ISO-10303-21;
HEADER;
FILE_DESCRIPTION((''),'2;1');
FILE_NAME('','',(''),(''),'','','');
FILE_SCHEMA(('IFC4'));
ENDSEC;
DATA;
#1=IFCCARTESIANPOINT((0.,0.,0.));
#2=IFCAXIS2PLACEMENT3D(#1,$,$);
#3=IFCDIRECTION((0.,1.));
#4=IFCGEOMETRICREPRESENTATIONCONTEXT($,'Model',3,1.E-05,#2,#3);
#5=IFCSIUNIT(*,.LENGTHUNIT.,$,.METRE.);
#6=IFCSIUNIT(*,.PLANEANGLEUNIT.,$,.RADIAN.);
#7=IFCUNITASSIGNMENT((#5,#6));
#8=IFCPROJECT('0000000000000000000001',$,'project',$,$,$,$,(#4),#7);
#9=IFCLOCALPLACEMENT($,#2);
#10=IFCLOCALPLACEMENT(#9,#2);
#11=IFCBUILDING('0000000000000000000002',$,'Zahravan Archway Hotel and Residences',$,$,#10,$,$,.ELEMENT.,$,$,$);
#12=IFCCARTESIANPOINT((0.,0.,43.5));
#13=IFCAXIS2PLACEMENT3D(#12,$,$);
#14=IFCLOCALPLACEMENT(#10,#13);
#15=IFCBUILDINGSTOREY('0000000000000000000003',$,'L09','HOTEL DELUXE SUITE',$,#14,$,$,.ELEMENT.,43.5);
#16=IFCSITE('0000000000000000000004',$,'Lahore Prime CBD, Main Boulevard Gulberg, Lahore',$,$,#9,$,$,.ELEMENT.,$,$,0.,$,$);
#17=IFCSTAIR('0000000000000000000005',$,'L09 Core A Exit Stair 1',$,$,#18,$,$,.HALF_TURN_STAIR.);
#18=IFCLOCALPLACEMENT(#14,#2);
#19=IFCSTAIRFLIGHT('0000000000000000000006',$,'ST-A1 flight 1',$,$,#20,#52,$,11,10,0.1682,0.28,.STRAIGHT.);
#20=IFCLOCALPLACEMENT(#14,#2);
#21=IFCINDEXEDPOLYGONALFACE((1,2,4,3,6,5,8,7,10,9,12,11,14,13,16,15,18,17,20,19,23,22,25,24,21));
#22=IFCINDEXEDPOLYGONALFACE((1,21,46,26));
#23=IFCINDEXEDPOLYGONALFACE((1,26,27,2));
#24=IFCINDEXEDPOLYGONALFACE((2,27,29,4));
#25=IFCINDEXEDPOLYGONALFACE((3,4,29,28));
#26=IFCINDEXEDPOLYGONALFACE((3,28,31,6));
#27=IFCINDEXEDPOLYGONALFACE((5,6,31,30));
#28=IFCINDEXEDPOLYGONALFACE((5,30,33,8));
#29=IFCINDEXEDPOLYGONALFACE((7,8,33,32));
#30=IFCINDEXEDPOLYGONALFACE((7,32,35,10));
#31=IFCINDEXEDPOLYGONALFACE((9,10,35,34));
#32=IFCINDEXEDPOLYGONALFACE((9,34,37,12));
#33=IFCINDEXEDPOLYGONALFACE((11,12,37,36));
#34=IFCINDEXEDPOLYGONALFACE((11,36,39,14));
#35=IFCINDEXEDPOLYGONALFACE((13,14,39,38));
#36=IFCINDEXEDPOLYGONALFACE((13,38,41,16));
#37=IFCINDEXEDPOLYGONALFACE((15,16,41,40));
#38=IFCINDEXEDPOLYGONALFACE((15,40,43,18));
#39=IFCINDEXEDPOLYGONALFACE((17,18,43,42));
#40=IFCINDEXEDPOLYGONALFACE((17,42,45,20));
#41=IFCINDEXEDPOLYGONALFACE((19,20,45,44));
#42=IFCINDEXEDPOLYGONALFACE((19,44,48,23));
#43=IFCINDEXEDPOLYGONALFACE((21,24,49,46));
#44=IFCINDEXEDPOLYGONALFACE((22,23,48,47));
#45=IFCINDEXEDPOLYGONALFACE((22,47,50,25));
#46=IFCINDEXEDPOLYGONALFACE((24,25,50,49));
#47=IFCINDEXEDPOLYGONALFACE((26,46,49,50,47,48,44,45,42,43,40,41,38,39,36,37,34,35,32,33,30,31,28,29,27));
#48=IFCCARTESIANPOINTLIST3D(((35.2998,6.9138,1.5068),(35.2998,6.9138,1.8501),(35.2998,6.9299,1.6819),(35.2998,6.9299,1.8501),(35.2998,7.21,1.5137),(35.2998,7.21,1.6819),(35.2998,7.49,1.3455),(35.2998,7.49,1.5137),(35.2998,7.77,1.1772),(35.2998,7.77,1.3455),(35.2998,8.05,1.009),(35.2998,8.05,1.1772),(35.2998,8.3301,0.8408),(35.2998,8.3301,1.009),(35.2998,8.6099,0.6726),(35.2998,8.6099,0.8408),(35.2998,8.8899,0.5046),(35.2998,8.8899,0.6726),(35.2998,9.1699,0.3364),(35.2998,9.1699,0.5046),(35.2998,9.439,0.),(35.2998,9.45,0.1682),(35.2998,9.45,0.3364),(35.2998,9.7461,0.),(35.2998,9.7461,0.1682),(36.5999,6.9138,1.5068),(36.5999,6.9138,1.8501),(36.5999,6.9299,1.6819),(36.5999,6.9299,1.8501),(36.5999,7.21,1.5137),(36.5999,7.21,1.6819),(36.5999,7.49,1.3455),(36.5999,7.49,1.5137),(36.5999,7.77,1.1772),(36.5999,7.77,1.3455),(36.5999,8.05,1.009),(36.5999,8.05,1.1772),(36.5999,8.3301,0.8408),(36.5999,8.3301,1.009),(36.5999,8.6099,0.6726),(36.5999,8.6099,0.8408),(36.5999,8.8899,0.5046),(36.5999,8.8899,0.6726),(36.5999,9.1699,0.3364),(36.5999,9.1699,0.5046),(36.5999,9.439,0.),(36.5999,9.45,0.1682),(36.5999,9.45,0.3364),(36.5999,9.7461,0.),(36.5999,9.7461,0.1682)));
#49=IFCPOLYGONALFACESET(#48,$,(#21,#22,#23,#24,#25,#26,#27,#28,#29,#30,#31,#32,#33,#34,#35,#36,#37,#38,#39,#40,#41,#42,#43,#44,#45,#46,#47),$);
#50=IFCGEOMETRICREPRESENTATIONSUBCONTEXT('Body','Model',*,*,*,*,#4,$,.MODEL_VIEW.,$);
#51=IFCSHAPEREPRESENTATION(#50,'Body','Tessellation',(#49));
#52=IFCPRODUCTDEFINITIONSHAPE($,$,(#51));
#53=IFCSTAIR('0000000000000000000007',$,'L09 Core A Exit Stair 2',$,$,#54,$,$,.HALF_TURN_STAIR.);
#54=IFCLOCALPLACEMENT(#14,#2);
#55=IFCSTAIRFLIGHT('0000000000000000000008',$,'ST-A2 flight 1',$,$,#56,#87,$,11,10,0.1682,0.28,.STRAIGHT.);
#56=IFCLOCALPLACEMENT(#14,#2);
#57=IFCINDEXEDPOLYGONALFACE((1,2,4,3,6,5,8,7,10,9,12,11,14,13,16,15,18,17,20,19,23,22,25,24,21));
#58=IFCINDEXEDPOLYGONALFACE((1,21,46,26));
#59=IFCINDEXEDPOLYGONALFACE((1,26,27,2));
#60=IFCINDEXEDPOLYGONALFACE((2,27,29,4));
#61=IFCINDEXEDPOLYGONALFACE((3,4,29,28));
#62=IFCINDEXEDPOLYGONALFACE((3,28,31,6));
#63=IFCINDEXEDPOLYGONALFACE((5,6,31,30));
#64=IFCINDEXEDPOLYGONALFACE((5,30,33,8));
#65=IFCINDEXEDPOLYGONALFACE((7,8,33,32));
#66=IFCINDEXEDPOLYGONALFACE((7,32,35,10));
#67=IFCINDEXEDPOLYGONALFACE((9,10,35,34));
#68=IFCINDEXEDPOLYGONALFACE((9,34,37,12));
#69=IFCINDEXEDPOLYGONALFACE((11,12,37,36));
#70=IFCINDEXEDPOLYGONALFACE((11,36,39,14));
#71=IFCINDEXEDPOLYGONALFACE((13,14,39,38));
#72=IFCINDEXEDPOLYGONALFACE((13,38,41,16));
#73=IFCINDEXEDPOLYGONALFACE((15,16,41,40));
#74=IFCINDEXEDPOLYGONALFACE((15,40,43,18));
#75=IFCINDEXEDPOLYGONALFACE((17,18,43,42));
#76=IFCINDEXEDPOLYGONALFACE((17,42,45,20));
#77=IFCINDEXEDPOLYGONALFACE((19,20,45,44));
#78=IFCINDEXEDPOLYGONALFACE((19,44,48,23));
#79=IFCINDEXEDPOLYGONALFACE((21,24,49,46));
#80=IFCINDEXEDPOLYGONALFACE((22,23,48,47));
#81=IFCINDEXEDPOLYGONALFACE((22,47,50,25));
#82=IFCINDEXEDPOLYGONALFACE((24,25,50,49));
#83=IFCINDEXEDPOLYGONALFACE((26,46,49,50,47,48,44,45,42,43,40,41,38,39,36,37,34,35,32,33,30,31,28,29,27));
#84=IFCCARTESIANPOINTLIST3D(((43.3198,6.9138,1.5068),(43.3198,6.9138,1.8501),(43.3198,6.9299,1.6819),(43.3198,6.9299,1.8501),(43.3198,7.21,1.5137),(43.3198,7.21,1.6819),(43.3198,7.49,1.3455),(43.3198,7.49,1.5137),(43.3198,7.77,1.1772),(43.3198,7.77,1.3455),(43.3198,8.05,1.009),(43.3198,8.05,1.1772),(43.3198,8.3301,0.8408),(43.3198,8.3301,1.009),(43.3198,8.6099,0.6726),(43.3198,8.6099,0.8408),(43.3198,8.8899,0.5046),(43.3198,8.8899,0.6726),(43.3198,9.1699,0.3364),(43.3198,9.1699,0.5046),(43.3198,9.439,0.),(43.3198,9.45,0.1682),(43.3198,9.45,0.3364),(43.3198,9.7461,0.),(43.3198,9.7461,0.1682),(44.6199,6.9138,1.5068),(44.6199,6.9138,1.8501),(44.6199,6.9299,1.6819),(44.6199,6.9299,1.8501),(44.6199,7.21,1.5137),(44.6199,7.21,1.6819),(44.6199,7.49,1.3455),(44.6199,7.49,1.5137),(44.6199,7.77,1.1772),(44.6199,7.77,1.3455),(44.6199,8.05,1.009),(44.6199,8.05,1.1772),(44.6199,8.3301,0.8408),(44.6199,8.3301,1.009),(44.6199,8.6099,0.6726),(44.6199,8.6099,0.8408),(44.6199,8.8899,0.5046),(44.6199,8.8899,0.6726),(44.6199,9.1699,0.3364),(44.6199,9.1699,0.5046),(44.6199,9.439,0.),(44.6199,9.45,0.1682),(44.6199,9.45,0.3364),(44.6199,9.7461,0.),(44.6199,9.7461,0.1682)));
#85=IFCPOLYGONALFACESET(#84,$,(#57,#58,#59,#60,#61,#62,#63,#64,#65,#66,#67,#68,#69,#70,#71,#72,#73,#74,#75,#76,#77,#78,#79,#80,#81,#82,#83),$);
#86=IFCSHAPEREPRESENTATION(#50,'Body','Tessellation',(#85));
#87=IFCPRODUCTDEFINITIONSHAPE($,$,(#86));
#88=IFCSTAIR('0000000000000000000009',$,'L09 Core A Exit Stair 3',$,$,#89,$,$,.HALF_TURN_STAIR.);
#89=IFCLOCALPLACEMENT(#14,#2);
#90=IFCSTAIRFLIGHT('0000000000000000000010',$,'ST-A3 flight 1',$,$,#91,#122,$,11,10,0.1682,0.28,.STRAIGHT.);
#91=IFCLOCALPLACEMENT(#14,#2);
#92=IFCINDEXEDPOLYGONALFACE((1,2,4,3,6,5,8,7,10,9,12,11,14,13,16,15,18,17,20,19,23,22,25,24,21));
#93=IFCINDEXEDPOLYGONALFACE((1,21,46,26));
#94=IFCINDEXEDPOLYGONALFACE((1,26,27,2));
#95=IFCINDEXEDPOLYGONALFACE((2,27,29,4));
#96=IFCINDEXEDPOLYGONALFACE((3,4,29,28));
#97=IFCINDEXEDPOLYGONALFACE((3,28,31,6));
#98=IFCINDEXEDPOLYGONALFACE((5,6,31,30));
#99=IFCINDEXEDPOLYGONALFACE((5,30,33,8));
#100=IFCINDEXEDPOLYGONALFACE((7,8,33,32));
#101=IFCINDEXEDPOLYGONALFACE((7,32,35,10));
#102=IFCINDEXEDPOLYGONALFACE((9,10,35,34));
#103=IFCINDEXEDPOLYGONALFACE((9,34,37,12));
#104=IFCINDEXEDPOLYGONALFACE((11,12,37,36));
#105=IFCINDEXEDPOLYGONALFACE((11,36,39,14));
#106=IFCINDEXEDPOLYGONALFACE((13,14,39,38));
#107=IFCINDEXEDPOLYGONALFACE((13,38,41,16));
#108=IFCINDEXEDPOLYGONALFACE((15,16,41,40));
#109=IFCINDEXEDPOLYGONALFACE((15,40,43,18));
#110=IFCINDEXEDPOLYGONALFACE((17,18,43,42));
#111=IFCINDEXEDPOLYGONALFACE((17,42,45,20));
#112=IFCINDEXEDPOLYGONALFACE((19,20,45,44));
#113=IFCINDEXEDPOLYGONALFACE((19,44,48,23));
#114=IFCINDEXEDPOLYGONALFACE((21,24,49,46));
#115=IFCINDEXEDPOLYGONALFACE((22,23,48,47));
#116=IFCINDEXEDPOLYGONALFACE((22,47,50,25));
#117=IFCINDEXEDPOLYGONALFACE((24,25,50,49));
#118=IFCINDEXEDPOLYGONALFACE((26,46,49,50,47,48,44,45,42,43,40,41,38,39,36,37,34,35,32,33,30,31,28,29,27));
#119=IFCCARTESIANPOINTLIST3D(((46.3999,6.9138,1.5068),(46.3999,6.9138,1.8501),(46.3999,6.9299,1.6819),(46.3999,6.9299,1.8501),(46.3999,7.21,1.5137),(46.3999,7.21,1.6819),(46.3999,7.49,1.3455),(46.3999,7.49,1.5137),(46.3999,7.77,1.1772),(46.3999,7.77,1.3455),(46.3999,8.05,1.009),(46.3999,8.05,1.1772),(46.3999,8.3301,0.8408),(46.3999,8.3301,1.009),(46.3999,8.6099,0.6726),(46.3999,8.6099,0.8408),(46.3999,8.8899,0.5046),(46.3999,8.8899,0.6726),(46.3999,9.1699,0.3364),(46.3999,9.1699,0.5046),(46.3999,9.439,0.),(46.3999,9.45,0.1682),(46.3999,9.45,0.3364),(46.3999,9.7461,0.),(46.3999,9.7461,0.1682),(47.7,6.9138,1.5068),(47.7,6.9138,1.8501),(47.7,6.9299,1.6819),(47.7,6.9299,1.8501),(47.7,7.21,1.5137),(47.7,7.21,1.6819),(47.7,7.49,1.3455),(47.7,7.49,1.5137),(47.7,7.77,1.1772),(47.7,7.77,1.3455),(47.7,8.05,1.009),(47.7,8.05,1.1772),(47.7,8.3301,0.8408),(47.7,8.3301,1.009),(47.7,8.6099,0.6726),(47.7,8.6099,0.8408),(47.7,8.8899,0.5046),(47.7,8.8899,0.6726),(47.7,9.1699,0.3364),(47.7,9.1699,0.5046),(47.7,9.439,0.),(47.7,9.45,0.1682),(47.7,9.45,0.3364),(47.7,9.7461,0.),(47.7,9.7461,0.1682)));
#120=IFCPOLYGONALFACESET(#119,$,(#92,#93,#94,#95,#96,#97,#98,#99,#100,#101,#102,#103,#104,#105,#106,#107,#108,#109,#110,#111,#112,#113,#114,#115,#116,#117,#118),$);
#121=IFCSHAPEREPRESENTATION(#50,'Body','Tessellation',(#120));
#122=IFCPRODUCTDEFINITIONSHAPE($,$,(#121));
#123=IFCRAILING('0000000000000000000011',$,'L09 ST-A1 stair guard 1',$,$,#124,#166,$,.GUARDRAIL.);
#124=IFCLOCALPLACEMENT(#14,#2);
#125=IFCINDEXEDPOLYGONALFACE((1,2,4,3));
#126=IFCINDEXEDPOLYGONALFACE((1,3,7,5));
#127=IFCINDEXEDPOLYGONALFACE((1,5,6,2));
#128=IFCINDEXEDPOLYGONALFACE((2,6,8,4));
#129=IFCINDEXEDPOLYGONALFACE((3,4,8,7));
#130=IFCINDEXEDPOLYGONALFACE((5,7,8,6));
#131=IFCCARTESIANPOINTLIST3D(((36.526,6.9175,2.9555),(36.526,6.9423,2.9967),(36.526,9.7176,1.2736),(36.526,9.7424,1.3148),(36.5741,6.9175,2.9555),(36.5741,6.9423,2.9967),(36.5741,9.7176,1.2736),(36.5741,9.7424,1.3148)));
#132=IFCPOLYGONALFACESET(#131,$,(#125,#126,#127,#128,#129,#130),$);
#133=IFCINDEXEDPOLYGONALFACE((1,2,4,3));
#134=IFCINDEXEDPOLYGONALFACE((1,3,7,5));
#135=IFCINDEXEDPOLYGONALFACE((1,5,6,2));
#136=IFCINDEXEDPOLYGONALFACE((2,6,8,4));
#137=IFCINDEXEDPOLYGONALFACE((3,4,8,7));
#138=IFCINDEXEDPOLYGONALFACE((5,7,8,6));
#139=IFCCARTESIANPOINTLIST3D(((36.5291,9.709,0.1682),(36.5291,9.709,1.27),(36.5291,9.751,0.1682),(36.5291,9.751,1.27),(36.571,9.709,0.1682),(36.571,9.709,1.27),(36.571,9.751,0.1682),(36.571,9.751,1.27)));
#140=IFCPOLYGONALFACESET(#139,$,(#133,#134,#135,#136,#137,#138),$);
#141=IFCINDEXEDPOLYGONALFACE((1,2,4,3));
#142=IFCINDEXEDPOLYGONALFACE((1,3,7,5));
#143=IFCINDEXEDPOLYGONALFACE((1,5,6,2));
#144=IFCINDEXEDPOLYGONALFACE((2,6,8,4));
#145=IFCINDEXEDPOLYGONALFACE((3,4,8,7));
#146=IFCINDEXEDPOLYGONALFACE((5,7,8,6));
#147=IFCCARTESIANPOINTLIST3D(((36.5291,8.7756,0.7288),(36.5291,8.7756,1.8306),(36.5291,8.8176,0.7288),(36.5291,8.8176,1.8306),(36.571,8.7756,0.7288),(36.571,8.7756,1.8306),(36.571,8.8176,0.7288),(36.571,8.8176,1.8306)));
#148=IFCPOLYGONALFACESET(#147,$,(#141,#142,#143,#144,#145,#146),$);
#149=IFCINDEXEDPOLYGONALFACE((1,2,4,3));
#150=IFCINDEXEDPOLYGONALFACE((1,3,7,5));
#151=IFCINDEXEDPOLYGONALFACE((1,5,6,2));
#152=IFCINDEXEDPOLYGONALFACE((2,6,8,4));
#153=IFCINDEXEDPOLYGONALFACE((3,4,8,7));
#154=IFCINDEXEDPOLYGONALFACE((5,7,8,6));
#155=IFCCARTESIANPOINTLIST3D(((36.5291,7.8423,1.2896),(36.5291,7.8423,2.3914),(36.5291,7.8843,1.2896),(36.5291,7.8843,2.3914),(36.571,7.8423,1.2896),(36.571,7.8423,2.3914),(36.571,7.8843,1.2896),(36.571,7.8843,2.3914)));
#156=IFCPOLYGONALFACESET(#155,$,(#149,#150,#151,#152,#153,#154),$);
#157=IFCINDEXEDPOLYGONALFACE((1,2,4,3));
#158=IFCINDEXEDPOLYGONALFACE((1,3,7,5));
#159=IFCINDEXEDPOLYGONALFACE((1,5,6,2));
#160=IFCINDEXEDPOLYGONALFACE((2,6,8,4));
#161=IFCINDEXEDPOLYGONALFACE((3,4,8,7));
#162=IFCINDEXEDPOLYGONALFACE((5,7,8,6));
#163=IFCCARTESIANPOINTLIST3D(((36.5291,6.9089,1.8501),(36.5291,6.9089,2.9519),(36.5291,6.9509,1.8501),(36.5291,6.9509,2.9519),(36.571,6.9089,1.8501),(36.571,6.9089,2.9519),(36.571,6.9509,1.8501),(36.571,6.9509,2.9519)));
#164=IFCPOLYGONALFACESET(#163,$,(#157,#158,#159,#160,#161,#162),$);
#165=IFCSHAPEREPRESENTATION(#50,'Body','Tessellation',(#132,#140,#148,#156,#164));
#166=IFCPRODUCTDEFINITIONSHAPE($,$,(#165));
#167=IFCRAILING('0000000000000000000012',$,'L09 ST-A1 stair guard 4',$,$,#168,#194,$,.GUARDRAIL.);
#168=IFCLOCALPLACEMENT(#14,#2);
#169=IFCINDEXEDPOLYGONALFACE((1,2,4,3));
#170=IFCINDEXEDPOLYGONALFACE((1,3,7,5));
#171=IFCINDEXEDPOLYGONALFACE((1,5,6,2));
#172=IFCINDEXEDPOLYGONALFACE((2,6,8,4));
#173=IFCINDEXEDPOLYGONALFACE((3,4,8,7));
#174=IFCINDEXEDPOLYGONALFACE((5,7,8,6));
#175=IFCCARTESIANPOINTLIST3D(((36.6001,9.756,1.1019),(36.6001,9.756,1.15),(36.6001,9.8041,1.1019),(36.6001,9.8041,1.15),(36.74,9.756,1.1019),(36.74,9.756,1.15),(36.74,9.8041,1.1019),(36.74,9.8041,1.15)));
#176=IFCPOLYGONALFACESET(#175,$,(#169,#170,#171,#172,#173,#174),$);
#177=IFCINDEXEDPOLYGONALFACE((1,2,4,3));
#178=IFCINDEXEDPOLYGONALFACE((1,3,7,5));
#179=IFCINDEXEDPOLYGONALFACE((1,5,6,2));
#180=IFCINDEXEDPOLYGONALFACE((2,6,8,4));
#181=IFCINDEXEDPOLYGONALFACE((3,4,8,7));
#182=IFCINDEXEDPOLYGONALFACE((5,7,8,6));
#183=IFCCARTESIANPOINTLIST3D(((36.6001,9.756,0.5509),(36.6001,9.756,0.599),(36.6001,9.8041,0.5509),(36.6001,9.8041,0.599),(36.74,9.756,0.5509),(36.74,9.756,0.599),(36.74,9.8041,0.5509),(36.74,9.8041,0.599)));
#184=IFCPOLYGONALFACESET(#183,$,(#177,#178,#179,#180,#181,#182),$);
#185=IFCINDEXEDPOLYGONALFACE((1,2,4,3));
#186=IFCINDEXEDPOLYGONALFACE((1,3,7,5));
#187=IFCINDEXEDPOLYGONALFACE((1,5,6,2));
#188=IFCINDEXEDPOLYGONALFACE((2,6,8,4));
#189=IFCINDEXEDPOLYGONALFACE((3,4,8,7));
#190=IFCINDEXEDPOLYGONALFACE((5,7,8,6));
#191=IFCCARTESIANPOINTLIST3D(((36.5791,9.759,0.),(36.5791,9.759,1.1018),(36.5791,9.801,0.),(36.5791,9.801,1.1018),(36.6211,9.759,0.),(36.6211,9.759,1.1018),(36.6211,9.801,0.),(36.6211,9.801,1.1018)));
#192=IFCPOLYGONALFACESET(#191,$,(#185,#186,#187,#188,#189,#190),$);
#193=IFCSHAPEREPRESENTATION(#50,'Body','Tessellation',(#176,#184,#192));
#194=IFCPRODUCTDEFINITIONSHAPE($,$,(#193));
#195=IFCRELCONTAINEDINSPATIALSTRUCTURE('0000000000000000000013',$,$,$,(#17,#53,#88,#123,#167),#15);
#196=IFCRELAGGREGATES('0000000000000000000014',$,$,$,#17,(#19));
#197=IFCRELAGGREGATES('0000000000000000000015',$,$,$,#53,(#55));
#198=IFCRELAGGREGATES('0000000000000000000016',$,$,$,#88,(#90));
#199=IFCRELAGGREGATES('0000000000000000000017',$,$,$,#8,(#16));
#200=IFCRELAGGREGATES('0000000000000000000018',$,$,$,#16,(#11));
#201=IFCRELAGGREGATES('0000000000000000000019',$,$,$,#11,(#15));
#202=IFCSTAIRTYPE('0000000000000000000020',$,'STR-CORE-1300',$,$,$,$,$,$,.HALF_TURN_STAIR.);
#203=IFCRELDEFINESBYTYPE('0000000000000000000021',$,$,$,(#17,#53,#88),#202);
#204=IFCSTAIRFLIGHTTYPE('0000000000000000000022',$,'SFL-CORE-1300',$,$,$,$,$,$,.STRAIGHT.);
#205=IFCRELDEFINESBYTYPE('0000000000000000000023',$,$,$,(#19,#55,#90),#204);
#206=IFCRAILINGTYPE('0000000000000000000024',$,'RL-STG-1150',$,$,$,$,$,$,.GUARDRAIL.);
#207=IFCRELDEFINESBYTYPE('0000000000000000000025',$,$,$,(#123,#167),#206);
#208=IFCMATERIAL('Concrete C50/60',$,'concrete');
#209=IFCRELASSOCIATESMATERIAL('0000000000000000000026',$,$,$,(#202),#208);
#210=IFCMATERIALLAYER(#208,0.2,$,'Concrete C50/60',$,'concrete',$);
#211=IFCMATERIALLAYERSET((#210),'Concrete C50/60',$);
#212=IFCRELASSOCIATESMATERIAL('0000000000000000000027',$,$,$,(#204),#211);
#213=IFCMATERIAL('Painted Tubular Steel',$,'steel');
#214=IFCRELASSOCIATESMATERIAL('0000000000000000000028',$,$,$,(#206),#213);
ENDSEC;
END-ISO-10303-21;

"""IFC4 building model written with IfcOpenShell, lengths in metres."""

from ifc_helpers import new_model, si_unit, direction, frame, origin, origin_2d, place, context, subcontext, project, spatial, polyline, rectangle, outline, extrude, source, transform, mapped, material, layer, layer_set, type_object, element, aggregate, save


model = new_model("IFC4")

# Units and contexts
model_context = context("Model", 3, precision=1e-05, world=origin(), true_north=direction((0.0, 1.0)))
body_context = subcontext(model_context, "Body", "Model", "MODEL_VIEW")
ifc_project = project(units=[si_unit("LENGTHUNIT", "METRE"), si_unit("PLANEANGLEUNIT", "RADIAN")], contexts=[model_context])

# Site, building, storey
site_placement = place(None, origin())
site = spatial("IfcSite", under=ifc_project, at=site_placement, Name="Lahore Prime CBD, Main Boulevard Gulberg, Lahore", CompositionType="ELEMENT", RefElevation=0.0)
building_placement = place(site_placement, origin())
building = spatial("IfcBuilding", under=site, at=building_placement, Name="Zahravan Archway Hotel and Residences", CompositionType="ELEMENT")
storey_placement = place(building_placement, frame((0.0, 0.0, 43.5)))
storey = spatial("IfcBuildingStorey", under=building, at=storey_placement, Name="L09", Description="HOTEL DELUXE SUITE", CompositionType="ELEMENT", Elevation=43.5)

# Shared definitions
ifc_material_1 = material(Name="Concrete C50/60", Category="concrete")

# Stairs, stair flights
stair_type = type_object("IfcStairType", Name="STR-CORE-1300", PredefinedType="HALF_TURN_STAIR", material=ifc_material_1)
stair_1_placement = place(storey_placement, origin())
stair_1 = element("IfcStair", 1, at=stair_1_placement, inside=storey, type_object=stair_type, Name="L09 Core A Exit Stair 1", PredefinedType="HALF_TURN_STAIR")
ifc_layer_1 = layer(ifc_material_1, 0.2, Name="Concrete C50/60", Category="concrete")
ifc_layer_set_1 = layer_set([ifc_layer_1], Name="Concrete C50/60")
stair_flight_type = type_object("IfcStairFlightType", Name="SFL-CORE-1300", PredefinedType="STRAIGHT", material=ifc_layer_set_1)
shared_shape_1 = source(origin(), body_context, "Body", "SweptSolid", [
    extrude(outline(polyline([(-0.0161, 0.0), (-0.0161, 0.1682), (0.28, 0.1682), (0.28, 0.3364), (0.5601, 0.3364), (0.5601, 0.5046), (0.8401, 0.5046), (0.8401, 0.6726), (1.1201, 0.6726), (1.1201, 0.8408), (1.3999, 0.8408), (1.3999, 1.009), (1.6799, 1.009), (1.6799, 1.1772), (1.96, 1.1772), (1.96, 1.3455), (2.24, 1.3455), (2.24, 1.5137), (2.52, 1.5137), (2.52, 1.6819), (2.8, 1.6819), (2.8, 1.8501), (2.8162, 1.8501), (2.8162, 1.5068), (0.291, 0.0), (-0.0161, 0.0)])), frame((0.0, 0.6499, 0.0), z_axis=(0.0, -1.0, 0.0), x_axis=(1.0, 0.0, 0.0)), (0.0, 0.0, 1.0), 1.3),
])
stair_flight_1_placement = place(storey_placement, frame((35.95, 9.73, 0.0), z_axis=(0.0, 0.0, 1.0), x_axis=(0.0, -1.0, 0.0)))
stair_flight_1 = element("IfcStairFlight", 2, at=stair_flight_1_placement, type_object=stair_flight_type, Name="ST-A1 flight 1", NumberOfRisers=11, NumberOfTreads=10, PredefinedType="STRAIGHT", RiserHeight=0.1682, TreadLength=0.28, context=body_context, shape_type="MappedRepresentation", body=[
    mapped(shared_shape_1, transform((0.0, 0.0, 0.0), scale=1.0)),
])
aggregate(stair_1, [stair_flight_1])
stair_2_placement = place(storey_placement, origin())
stair_2 = element("IfcStair", 3, at=stair_2_placement, inside=storey, type_object=stair_type, Name="L09 Core A Exit Stair 2", PredefinedType="HALF_TURN_STAIR")
stair_flight_2_placement = place(storey_placement, frame((43.97, 9.73, 0.0), z_axis=(0.0, 0.0, 1.0), x_axis=(0.0, -1.0, 0.0)))
stair_flight_2 = element("IfcStairFlight", 4, at=stair_flight_2_placement, type_object=stair_flight_type, Name="ST-A2 flight 1", NumberOfRisers=11, NumberOfTreads=10, PredefinedType="STRAIGHT", RiserHeight=0.1682, TreadLength=0.28, context=body_context, shape_type="MappedRepresentation", body=[
    mapped(shared_shape_1, transform((0.0, 0.0, 0.0), scale=1.0)),
])
aggregate(stair_2, [stair_flight_2])
stair_3_placement = place(storey_placement, origin())
stair_3 = element("IfcStair", 5, at=stair_3_placement, inside=storey, type_object=stair_type, Name="L09 Core A Exit Stair 3", PredefinedType="HALF_TURN_STAIR")
stair_flight_3_placement = place(storey_placement, frame((47.05, 9.73, 0.0), z_axis=(0.0, 0.0, 1.0), x_axis=(0.0, -1.0, 0.0)))
stair_flight_3 = element("IfcStairFlight", 6, at=stair_flight_3_placement, type_object=stair_flight_type, Name="ST-A3 flight 1", NumberOfRisers=11, NumberOfTreads=10, PredefinedType="STRAIGHT", RiserHeight=0.1682, TreadLength=0.28, context=body_context, shape_type="MappedRepresentation", body=[
    mapped(shared_shape_1, transform((0.0, 0.0, 0.0), scale=1.0)),
])
aggregate(stair_3, [stair_flight_3])

# Railings
ifc_material_2 = material(Name="Painted Tubular Steel", Category="steel")
railing_type_1 = type_object("IfcRailingType", Name="RL-STG-1150", PredefinedType="GUARDRAIL", material=ifc_material_2)
railing_1_placement = place(storey_placement, frame((36.55, 9.73, 0.1682)))
element("IfcRailing", 7, at=railing_1_placement, inside=storey, type_object=railing_type_1, Name="L09 ST-A1 stair guard 1", PredefinedType="GUARDRAIL", context=body_context, shape_type="SweptSolid", body=[
    extrude(rectangle(XDim=0.0481, YDim=0.0481, at=origin_2d()), frame((0.0, 0.0, 1.126), z_axis=(0.0, -0.857242, 0.514913), x_axis=(1.0, 0.0, 0.0)), (0.0, 0.0, 1.0), 3.2664),
    extrude(rectangle(XDim=0.042, YDim=0.042, at=origin_2d()), origin(), (0.0, 0.0, 1.0), 1.1018),
    extrude(rectangle(XDim=0.042, YDim=0.042, at=origin_2d()), frame((0.0, -0.9333, 0.5605)), (0.0, 0.0, 1.0), 1.1018),
    extrude(rectangle(XDim=0.042, YDim=0.042, at=origin_2d()), frame((0.0, -1.8667, 1.1213)), (0.0, 0.0, 1.0), 1.1018),
    extrude(rectangle(XDim=0.042, YDim=0.042, at=origin_2d()), frame((0.0, -2.8, 1.6819)), (0.0, 0.0, 1.0), 1.1018),
])
railing_2_placement = place(storey_placement, frame((36.6001, 9.78, 0.0)))
element("IfcRailing", 8, at=railing_2_placement, inside=storey, type_object=railing_type_1, Name="L09 ST-A1 stair guard 4", PredefinedType="GUARDRAIL", context=body_context, shape_type="SweptSolid", body=[
    extrude(rectangle(XDim=0.0481, YDim=0.0481, at=origin_2d()), frame((0.0, 0.0, 1.126), z_axis=(1.0, 0.0, 0.0), x_axis=(0.0, 1.0, 0.0)), (0.0, 0.0, 1.0), 0.1399),
    extrude(rectangle(XDim=0.0481, YDim=0.0481, at=origin_2d()), frame((0.0, 0.0, 0.575), z_axis=(1.0, 0.0, 0.0), x_axis=(0.0, 1.0, 0.0)), (0.0, 0.0, 1.0), 0.1399),
    extrude(rectangle(XDim=0.042, YDim=0.042, at=origin_2d()), origin(), (0.0, 0.0, 1.0), 1.1018),
])

save(model, "model.ifc")
